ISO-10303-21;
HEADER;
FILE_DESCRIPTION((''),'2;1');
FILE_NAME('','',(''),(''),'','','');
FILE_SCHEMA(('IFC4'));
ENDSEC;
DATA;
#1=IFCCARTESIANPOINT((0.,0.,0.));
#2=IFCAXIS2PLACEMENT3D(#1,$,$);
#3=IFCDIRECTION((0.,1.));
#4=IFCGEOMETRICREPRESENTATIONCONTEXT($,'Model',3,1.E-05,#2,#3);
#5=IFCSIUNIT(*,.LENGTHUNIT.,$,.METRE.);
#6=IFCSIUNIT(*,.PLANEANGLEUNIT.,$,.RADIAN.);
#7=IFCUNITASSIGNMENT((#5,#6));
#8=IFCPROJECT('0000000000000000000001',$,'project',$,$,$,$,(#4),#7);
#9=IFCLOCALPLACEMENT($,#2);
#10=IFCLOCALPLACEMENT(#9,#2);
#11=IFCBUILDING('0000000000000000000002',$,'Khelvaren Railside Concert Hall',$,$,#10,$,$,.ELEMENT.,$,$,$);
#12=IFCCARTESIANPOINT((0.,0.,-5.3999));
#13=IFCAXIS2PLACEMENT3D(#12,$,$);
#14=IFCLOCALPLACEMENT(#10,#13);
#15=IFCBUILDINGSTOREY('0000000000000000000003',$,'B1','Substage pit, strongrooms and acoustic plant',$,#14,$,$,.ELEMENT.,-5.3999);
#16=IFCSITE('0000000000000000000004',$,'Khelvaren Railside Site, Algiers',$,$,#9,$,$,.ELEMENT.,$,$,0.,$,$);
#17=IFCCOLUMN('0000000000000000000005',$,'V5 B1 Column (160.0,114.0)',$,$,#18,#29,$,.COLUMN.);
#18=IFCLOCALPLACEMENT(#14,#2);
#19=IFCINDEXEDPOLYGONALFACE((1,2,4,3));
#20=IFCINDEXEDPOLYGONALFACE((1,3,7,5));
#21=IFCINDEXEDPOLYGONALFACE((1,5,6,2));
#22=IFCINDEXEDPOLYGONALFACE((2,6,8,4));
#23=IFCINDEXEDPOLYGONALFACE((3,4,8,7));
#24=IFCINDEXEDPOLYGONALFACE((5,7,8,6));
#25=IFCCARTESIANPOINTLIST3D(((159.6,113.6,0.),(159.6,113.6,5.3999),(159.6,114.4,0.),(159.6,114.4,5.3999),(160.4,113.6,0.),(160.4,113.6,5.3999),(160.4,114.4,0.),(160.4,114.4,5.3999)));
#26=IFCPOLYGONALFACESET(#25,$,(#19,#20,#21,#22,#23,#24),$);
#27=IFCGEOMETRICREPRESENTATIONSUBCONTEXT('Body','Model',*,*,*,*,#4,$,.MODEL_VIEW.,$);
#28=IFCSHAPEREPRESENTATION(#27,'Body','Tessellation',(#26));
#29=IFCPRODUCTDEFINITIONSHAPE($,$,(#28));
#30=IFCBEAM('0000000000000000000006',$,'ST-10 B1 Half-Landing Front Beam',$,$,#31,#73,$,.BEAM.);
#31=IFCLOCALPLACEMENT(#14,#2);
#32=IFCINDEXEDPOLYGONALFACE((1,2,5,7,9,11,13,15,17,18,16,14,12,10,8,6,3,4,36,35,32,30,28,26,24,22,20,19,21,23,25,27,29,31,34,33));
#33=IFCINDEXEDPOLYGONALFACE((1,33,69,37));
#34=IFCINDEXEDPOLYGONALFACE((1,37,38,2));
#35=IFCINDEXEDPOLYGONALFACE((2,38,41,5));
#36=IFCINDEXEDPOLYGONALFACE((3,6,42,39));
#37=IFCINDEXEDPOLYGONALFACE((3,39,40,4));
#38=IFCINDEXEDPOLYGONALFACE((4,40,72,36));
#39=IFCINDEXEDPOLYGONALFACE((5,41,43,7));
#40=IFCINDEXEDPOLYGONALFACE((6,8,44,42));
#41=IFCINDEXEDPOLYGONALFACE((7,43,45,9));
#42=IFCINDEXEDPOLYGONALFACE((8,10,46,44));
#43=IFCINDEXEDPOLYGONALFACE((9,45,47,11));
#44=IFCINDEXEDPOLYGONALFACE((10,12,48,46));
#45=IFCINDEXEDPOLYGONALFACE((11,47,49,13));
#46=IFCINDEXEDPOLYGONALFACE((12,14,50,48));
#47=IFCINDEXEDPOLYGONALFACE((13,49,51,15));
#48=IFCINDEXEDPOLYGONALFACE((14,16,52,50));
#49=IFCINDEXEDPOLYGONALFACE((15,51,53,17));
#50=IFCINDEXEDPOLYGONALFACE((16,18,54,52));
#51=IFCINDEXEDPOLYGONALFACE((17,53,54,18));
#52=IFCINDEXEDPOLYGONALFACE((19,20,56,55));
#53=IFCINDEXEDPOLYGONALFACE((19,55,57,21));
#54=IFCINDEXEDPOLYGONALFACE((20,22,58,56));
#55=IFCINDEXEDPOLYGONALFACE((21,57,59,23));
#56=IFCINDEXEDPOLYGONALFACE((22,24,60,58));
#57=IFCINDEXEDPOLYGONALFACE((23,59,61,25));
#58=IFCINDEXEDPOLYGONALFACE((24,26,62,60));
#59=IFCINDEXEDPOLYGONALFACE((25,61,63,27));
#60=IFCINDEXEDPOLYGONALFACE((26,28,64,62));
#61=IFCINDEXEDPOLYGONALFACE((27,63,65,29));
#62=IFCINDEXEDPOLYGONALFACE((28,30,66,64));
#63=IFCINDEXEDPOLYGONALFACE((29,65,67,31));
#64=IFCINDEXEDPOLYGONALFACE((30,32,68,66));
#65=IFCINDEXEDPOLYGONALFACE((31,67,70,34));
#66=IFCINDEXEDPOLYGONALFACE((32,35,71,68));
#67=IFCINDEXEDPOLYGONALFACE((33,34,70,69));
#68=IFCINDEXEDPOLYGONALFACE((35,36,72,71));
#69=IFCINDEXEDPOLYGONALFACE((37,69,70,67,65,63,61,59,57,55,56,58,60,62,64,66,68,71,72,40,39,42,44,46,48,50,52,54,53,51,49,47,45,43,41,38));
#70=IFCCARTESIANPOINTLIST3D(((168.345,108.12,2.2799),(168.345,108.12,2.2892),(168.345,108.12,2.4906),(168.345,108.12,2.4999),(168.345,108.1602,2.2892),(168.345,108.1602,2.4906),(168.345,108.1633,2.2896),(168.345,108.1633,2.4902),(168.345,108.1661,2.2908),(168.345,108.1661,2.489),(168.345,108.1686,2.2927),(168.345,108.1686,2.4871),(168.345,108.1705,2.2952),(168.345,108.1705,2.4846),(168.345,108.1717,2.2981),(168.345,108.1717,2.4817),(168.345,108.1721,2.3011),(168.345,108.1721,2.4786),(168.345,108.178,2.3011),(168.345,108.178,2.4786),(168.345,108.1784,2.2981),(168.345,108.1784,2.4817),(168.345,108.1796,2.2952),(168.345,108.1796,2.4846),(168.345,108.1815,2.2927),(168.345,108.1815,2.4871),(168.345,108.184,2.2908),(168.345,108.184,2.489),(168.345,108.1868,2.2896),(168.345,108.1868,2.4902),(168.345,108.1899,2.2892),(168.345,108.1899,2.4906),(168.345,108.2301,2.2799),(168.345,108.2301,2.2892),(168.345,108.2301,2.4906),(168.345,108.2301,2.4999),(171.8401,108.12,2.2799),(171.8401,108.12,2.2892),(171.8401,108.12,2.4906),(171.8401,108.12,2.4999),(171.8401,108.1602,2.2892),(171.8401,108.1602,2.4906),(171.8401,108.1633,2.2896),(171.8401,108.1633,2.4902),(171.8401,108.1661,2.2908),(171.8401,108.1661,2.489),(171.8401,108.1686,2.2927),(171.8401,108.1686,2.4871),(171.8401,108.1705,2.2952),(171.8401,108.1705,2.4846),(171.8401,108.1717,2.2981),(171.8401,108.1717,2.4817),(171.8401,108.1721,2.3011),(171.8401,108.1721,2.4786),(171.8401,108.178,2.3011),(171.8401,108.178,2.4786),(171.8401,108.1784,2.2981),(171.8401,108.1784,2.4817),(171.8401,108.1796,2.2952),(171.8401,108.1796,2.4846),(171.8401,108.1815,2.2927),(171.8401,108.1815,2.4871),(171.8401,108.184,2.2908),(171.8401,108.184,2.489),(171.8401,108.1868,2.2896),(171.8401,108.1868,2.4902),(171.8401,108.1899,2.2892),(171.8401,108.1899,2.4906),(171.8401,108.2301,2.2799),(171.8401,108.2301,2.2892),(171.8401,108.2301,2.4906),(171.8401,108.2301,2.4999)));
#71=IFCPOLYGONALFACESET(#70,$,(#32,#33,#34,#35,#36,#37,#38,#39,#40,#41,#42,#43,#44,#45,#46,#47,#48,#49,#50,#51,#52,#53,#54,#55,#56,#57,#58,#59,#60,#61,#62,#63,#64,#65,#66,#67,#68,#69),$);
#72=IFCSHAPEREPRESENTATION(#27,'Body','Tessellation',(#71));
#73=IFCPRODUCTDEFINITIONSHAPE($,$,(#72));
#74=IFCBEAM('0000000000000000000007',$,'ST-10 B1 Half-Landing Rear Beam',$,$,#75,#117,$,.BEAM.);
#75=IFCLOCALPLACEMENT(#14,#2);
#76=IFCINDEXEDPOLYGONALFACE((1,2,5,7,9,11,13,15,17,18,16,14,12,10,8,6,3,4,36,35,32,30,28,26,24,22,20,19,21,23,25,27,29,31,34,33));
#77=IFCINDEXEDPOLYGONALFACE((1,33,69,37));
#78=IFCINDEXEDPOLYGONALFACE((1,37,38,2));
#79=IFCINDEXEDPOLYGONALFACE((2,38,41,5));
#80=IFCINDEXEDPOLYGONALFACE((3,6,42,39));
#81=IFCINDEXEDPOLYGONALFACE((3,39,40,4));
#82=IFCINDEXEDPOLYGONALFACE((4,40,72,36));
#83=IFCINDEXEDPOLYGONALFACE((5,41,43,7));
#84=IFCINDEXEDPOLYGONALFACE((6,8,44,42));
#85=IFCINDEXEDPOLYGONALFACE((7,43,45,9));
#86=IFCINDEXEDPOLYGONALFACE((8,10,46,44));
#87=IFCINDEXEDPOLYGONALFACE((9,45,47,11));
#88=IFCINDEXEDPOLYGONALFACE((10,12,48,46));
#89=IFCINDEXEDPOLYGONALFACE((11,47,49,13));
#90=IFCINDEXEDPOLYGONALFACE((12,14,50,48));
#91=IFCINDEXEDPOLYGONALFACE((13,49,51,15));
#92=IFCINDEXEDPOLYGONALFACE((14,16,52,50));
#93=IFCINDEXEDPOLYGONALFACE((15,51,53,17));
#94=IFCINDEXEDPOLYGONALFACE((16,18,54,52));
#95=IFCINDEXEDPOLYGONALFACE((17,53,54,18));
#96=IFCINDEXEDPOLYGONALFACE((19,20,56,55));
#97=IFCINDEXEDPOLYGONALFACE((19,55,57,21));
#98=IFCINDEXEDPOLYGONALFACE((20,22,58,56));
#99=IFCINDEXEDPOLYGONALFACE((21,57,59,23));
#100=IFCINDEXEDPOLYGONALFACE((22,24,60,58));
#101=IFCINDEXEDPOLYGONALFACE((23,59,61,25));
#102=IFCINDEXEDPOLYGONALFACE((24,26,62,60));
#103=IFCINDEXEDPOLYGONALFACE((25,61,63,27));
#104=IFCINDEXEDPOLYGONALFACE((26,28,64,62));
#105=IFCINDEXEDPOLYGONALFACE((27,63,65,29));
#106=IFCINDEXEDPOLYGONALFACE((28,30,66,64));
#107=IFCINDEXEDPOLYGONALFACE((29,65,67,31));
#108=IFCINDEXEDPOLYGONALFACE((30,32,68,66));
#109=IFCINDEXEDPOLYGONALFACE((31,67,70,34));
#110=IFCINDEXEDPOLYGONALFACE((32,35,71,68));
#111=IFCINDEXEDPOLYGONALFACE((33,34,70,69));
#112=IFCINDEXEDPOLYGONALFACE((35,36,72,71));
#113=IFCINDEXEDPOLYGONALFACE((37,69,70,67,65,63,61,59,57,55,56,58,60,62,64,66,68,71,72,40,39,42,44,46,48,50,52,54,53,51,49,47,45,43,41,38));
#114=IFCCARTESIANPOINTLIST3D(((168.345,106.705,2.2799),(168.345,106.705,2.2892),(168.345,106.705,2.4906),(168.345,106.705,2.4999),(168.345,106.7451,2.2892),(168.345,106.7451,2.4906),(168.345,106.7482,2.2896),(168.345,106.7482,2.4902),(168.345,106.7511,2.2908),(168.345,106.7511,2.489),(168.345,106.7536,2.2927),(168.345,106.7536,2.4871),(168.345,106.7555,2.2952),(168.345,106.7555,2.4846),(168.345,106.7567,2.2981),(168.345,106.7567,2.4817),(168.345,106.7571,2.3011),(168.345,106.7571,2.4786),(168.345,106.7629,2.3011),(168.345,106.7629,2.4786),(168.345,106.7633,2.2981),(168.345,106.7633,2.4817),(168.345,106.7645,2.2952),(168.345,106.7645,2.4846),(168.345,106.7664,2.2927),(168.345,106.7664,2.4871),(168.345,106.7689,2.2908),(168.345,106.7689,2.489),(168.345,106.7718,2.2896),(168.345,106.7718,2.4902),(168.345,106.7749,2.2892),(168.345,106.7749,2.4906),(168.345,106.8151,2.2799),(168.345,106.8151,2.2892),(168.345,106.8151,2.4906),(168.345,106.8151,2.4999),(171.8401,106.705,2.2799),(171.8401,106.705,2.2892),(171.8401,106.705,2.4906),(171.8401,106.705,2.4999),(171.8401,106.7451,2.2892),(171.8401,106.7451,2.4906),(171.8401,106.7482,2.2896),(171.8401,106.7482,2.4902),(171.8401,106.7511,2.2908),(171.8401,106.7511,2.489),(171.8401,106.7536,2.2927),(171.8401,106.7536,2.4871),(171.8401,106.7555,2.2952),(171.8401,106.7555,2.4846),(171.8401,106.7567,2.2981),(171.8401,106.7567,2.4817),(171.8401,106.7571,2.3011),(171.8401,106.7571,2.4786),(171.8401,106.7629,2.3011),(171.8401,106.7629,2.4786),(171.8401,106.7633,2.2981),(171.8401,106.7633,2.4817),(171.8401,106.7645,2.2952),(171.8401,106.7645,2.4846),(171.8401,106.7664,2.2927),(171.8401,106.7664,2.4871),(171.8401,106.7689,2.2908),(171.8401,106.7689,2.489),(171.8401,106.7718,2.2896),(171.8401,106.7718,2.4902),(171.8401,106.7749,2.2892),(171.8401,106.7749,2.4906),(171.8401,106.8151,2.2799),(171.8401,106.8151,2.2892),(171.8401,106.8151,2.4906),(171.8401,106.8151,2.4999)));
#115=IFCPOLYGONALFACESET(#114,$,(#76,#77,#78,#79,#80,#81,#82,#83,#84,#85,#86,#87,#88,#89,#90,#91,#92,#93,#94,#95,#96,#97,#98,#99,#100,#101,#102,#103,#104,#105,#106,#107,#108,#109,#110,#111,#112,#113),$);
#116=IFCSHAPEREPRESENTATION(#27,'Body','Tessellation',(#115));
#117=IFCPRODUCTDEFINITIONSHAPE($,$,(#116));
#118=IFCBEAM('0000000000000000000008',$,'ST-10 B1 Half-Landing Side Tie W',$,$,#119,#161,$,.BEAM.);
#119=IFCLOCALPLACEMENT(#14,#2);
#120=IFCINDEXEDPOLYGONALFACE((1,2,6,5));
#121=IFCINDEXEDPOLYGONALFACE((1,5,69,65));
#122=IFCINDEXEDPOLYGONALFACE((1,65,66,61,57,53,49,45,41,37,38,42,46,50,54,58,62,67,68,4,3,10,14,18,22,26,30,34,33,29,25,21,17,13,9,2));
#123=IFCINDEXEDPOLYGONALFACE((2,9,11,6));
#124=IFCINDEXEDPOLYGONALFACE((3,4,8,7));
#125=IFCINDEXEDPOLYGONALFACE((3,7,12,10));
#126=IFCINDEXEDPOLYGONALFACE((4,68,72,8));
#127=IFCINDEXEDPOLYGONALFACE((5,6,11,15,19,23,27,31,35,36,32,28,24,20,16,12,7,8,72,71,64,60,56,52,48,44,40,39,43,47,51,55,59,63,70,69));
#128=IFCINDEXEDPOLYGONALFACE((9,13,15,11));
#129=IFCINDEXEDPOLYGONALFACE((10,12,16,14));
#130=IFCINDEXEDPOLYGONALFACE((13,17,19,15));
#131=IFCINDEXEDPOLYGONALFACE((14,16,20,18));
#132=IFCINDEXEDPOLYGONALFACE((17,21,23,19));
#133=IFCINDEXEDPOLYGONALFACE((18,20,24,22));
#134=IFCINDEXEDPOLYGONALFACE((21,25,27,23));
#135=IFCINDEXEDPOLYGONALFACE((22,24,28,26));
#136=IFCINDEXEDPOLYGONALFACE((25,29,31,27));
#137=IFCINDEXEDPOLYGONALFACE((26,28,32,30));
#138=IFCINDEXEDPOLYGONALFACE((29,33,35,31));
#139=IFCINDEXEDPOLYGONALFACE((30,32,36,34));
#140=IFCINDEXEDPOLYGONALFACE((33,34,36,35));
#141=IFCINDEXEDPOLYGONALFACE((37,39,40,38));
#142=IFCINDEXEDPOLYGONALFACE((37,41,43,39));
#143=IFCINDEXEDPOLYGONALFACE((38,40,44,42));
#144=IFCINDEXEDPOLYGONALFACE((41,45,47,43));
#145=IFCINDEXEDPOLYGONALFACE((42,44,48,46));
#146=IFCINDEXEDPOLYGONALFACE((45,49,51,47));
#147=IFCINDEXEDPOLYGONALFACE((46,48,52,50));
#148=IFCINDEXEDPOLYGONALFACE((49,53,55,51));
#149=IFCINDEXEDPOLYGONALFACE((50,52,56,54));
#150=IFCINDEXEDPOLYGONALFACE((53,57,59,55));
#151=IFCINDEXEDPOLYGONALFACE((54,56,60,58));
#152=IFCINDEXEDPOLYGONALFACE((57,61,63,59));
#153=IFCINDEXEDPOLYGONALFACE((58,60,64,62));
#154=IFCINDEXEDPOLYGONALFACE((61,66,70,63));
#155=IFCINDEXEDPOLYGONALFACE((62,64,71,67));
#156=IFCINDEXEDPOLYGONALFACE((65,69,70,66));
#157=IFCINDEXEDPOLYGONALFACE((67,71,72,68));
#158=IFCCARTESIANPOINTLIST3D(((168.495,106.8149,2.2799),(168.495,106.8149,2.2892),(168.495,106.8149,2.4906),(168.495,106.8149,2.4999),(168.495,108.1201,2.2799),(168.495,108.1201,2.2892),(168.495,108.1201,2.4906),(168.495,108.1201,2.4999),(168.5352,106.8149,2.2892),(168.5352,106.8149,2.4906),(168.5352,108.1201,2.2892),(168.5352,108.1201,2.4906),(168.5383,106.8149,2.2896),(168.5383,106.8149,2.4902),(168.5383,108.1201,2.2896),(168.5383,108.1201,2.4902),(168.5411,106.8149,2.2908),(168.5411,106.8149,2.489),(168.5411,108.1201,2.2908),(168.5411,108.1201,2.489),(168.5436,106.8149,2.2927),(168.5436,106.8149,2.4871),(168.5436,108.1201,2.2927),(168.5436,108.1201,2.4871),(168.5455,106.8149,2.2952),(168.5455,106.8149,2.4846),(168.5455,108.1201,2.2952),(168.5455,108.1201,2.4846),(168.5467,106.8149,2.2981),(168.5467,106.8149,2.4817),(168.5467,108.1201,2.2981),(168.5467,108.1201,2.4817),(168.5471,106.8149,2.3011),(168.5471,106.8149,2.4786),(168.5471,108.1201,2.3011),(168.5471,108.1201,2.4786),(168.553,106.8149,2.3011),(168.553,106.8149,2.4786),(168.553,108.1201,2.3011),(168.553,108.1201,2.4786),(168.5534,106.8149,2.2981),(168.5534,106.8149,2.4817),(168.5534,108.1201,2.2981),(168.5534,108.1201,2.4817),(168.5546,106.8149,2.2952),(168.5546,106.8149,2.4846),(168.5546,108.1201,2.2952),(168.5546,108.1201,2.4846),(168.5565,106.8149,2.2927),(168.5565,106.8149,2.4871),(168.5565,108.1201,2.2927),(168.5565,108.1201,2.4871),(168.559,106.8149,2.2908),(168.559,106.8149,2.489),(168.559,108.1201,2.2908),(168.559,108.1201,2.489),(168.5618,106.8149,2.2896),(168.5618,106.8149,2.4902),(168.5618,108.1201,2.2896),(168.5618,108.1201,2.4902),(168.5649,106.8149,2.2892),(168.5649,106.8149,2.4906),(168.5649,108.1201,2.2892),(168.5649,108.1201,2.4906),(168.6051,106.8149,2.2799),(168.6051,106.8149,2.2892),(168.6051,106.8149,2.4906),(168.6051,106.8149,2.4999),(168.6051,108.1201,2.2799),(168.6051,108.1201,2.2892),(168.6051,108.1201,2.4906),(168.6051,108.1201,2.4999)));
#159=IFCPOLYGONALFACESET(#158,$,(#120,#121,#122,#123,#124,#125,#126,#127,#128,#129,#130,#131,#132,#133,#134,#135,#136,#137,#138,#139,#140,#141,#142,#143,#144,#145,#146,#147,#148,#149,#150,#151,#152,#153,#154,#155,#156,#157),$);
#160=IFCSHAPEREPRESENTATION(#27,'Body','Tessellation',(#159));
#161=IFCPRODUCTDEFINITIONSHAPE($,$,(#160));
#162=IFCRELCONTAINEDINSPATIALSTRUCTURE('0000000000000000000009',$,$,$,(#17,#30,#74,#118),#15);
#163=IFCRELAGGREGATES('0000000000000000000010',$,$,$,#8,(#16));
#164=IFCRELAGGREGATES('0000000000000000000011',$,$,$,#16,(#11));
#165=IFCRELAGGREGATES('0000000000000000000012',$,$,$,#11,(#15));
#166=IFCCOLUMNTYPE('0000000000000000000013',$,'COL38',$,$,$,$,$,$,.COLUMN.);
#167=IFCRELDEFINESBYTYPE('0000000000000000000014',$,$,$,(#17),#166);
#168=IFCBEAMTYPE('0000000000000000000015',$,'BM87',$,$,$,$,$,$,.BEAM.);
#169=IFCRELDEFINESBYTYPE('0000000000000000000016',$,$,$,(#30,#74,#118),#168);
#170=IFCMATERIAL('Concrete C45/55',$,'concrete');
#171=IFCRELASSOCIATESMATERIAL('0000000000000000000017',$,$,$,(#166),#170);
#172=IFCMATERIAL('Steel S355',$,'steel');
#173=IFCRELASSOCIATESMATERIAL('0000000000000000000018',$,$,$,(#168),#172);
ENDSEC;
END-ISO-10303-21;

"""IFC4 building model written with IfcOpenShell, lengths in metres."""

from ifc_helpers import new_model, si_unit, direction, frame, origin, origin_2d, place, context, subcontext, project, spatial, rectangle, i_section, extrude, material, material_profile, profile_set, type_object, element, save


model = new_model("IFC4")

# Units and contexts
model_context = context("Model", 3, precision=1e-05, world=origin(), true_north=direction((0.0, 1.0)))
body_context = subcontext(model_context, "Body", "Model", "MODEL_VIEW")
ifc_project = project(units=[si_unit("LENGTHUNIT", "METRE"), si_unit("PLANEANGLEUNIT", "RADIAN")], contexts=[model_context])

# Site, building, storey
site_placement = place(None, origin())
site = spatial("IfcSite", under=ifc_project, at=site_placement, Name="Khelvaren Railside Site, Algiers", CompositionType="ELEMENT", RefElevation=0.0)
building_placement = place(site_placement, origin())
building = spatial("IfcBuilding", under=site, at=building_placement, Name="Khelvaren Railside Concert Hall", CompositionType="ELEMENT")
storey_placement = place(building_placement, frame((0.0, 0.0, -5.3999)))
storey = spatial("IfcBuildingStorey", under=building, at=storey_placement, Name="B1", Description="Substage pit, strongrooms and acoustic plant", CompositionType="ELEMENT", Elevation=-5.3999)

# Column
ifc_material_1 = material(Name="Concrete C45/55", Category="concrete")
ifc_material_profile_1 = material_profile(ifc_material_1, rectangle(XDim=0.8, YDim=0.8, at=origin_2d()), Name="RC 800x800")
ifc_profile_set_1 = profile_set([ifc_material_profile_1], Name="Concrete C45/55")
column_type_1 = type_object("IfcColumnType", Name="COL38", PredefinedType="COLUMN", material=ifc_profile_set_1)
column_1_placement = place(storey_placement, frame((160.0, 114.0, 0.0), z_axis=(0.0, 0.0, 1.0), x_axis=(1.0, 0.0, 0.0)))
element("IfcColumn", 1, at=column_1_placement, inside=storey, type_object=column_type_1, Name="V5 B1 Column (160.0,114.0)", PredefinedType="COLUMN", context=body_context, shape_type="SweptSolid", body=[
    extrude(rectangle(XDim=0.8, YDim=0.8, at=origin_2d()), origin(), (0.0, 0.0, 1.0), 5.3999),
])

# Beams
ifc_material_2 = material(Name="Steel S355", Category="steel")
ifc_material_profile_2 = material_profile(ifc_material_2, i_section(OverallWidth=0.1101, OverallDepth=0.22, WebThickness=0.0059, FlangeThickness=0.0093, FilletRadius=0.012, at=origin_2d()), Name="IPE 220")
ifc_profile_set_2 = profile_set([ifc_material_profile_2], Name="Steel S355")
beam_type_1 = type_object("IfcBeamType", Name="BM87", PredefinedType="BEAM", material=ifc_profile_set_2)
for number, where, z_axis, x_axis, name in (
    (2, (168.345, 108.175, 2.3899), (1.0, 0.0, 0.0), (0.0, 1.0, 0.0), "ST-10 B1 Half-Landing Front Beam"),
    (3, (168.345, 106.76, 2.3899), (1.0, 0.0, 0.0), (0.0, 1.0, 0.0), "ST-10 B1 Half-Landing Rear Beam"),
):
    element("IfcBeam", number, at=place(storey_placement, frame(where, z_axis=z_axis, x_axis=x_axis)), inside=storey, type_object=beam_type_1, Name=name, PredefinedType="BEAM", context=body_context, shape_type="SweptSolid", body=[
        extrude(i_section(OverallWidth=0.1101, OverallDepth=0.22, WebThickness=0.0059, FlangeThickness=0.0093, FilletRadius=0.012, at=origin_2d()), origin(), (0.0, 0.0, 1.0), 3.4951),
    ])
beam_1_placement = place(storey_placement, frame((168.55, 106.8149, 2.3899), z_axis=(0.0, 1.0, 0.0), x_axis=(-1.0, 0.0, 0.0)))
element("IfcBeam", 4, at=beam_1_placement, inside=storey, type_object=beam_type_1, Name="ST-10 B1 Half-Landing Side Tie W", PredefinedType="BEAM", context=body_context, shape_type="SweptSolid", body=[
    extrude(i_section(OverallWidth=0.1101, OverallDepth=0.22, WebThickness=0.0059, FlangeThickness=0.0093, FilletRadius=0.012, at=origin_2d()), origin(), (0.0, 0.0, 1.0), 1.3052),
])

save(model, "model.ifc")
